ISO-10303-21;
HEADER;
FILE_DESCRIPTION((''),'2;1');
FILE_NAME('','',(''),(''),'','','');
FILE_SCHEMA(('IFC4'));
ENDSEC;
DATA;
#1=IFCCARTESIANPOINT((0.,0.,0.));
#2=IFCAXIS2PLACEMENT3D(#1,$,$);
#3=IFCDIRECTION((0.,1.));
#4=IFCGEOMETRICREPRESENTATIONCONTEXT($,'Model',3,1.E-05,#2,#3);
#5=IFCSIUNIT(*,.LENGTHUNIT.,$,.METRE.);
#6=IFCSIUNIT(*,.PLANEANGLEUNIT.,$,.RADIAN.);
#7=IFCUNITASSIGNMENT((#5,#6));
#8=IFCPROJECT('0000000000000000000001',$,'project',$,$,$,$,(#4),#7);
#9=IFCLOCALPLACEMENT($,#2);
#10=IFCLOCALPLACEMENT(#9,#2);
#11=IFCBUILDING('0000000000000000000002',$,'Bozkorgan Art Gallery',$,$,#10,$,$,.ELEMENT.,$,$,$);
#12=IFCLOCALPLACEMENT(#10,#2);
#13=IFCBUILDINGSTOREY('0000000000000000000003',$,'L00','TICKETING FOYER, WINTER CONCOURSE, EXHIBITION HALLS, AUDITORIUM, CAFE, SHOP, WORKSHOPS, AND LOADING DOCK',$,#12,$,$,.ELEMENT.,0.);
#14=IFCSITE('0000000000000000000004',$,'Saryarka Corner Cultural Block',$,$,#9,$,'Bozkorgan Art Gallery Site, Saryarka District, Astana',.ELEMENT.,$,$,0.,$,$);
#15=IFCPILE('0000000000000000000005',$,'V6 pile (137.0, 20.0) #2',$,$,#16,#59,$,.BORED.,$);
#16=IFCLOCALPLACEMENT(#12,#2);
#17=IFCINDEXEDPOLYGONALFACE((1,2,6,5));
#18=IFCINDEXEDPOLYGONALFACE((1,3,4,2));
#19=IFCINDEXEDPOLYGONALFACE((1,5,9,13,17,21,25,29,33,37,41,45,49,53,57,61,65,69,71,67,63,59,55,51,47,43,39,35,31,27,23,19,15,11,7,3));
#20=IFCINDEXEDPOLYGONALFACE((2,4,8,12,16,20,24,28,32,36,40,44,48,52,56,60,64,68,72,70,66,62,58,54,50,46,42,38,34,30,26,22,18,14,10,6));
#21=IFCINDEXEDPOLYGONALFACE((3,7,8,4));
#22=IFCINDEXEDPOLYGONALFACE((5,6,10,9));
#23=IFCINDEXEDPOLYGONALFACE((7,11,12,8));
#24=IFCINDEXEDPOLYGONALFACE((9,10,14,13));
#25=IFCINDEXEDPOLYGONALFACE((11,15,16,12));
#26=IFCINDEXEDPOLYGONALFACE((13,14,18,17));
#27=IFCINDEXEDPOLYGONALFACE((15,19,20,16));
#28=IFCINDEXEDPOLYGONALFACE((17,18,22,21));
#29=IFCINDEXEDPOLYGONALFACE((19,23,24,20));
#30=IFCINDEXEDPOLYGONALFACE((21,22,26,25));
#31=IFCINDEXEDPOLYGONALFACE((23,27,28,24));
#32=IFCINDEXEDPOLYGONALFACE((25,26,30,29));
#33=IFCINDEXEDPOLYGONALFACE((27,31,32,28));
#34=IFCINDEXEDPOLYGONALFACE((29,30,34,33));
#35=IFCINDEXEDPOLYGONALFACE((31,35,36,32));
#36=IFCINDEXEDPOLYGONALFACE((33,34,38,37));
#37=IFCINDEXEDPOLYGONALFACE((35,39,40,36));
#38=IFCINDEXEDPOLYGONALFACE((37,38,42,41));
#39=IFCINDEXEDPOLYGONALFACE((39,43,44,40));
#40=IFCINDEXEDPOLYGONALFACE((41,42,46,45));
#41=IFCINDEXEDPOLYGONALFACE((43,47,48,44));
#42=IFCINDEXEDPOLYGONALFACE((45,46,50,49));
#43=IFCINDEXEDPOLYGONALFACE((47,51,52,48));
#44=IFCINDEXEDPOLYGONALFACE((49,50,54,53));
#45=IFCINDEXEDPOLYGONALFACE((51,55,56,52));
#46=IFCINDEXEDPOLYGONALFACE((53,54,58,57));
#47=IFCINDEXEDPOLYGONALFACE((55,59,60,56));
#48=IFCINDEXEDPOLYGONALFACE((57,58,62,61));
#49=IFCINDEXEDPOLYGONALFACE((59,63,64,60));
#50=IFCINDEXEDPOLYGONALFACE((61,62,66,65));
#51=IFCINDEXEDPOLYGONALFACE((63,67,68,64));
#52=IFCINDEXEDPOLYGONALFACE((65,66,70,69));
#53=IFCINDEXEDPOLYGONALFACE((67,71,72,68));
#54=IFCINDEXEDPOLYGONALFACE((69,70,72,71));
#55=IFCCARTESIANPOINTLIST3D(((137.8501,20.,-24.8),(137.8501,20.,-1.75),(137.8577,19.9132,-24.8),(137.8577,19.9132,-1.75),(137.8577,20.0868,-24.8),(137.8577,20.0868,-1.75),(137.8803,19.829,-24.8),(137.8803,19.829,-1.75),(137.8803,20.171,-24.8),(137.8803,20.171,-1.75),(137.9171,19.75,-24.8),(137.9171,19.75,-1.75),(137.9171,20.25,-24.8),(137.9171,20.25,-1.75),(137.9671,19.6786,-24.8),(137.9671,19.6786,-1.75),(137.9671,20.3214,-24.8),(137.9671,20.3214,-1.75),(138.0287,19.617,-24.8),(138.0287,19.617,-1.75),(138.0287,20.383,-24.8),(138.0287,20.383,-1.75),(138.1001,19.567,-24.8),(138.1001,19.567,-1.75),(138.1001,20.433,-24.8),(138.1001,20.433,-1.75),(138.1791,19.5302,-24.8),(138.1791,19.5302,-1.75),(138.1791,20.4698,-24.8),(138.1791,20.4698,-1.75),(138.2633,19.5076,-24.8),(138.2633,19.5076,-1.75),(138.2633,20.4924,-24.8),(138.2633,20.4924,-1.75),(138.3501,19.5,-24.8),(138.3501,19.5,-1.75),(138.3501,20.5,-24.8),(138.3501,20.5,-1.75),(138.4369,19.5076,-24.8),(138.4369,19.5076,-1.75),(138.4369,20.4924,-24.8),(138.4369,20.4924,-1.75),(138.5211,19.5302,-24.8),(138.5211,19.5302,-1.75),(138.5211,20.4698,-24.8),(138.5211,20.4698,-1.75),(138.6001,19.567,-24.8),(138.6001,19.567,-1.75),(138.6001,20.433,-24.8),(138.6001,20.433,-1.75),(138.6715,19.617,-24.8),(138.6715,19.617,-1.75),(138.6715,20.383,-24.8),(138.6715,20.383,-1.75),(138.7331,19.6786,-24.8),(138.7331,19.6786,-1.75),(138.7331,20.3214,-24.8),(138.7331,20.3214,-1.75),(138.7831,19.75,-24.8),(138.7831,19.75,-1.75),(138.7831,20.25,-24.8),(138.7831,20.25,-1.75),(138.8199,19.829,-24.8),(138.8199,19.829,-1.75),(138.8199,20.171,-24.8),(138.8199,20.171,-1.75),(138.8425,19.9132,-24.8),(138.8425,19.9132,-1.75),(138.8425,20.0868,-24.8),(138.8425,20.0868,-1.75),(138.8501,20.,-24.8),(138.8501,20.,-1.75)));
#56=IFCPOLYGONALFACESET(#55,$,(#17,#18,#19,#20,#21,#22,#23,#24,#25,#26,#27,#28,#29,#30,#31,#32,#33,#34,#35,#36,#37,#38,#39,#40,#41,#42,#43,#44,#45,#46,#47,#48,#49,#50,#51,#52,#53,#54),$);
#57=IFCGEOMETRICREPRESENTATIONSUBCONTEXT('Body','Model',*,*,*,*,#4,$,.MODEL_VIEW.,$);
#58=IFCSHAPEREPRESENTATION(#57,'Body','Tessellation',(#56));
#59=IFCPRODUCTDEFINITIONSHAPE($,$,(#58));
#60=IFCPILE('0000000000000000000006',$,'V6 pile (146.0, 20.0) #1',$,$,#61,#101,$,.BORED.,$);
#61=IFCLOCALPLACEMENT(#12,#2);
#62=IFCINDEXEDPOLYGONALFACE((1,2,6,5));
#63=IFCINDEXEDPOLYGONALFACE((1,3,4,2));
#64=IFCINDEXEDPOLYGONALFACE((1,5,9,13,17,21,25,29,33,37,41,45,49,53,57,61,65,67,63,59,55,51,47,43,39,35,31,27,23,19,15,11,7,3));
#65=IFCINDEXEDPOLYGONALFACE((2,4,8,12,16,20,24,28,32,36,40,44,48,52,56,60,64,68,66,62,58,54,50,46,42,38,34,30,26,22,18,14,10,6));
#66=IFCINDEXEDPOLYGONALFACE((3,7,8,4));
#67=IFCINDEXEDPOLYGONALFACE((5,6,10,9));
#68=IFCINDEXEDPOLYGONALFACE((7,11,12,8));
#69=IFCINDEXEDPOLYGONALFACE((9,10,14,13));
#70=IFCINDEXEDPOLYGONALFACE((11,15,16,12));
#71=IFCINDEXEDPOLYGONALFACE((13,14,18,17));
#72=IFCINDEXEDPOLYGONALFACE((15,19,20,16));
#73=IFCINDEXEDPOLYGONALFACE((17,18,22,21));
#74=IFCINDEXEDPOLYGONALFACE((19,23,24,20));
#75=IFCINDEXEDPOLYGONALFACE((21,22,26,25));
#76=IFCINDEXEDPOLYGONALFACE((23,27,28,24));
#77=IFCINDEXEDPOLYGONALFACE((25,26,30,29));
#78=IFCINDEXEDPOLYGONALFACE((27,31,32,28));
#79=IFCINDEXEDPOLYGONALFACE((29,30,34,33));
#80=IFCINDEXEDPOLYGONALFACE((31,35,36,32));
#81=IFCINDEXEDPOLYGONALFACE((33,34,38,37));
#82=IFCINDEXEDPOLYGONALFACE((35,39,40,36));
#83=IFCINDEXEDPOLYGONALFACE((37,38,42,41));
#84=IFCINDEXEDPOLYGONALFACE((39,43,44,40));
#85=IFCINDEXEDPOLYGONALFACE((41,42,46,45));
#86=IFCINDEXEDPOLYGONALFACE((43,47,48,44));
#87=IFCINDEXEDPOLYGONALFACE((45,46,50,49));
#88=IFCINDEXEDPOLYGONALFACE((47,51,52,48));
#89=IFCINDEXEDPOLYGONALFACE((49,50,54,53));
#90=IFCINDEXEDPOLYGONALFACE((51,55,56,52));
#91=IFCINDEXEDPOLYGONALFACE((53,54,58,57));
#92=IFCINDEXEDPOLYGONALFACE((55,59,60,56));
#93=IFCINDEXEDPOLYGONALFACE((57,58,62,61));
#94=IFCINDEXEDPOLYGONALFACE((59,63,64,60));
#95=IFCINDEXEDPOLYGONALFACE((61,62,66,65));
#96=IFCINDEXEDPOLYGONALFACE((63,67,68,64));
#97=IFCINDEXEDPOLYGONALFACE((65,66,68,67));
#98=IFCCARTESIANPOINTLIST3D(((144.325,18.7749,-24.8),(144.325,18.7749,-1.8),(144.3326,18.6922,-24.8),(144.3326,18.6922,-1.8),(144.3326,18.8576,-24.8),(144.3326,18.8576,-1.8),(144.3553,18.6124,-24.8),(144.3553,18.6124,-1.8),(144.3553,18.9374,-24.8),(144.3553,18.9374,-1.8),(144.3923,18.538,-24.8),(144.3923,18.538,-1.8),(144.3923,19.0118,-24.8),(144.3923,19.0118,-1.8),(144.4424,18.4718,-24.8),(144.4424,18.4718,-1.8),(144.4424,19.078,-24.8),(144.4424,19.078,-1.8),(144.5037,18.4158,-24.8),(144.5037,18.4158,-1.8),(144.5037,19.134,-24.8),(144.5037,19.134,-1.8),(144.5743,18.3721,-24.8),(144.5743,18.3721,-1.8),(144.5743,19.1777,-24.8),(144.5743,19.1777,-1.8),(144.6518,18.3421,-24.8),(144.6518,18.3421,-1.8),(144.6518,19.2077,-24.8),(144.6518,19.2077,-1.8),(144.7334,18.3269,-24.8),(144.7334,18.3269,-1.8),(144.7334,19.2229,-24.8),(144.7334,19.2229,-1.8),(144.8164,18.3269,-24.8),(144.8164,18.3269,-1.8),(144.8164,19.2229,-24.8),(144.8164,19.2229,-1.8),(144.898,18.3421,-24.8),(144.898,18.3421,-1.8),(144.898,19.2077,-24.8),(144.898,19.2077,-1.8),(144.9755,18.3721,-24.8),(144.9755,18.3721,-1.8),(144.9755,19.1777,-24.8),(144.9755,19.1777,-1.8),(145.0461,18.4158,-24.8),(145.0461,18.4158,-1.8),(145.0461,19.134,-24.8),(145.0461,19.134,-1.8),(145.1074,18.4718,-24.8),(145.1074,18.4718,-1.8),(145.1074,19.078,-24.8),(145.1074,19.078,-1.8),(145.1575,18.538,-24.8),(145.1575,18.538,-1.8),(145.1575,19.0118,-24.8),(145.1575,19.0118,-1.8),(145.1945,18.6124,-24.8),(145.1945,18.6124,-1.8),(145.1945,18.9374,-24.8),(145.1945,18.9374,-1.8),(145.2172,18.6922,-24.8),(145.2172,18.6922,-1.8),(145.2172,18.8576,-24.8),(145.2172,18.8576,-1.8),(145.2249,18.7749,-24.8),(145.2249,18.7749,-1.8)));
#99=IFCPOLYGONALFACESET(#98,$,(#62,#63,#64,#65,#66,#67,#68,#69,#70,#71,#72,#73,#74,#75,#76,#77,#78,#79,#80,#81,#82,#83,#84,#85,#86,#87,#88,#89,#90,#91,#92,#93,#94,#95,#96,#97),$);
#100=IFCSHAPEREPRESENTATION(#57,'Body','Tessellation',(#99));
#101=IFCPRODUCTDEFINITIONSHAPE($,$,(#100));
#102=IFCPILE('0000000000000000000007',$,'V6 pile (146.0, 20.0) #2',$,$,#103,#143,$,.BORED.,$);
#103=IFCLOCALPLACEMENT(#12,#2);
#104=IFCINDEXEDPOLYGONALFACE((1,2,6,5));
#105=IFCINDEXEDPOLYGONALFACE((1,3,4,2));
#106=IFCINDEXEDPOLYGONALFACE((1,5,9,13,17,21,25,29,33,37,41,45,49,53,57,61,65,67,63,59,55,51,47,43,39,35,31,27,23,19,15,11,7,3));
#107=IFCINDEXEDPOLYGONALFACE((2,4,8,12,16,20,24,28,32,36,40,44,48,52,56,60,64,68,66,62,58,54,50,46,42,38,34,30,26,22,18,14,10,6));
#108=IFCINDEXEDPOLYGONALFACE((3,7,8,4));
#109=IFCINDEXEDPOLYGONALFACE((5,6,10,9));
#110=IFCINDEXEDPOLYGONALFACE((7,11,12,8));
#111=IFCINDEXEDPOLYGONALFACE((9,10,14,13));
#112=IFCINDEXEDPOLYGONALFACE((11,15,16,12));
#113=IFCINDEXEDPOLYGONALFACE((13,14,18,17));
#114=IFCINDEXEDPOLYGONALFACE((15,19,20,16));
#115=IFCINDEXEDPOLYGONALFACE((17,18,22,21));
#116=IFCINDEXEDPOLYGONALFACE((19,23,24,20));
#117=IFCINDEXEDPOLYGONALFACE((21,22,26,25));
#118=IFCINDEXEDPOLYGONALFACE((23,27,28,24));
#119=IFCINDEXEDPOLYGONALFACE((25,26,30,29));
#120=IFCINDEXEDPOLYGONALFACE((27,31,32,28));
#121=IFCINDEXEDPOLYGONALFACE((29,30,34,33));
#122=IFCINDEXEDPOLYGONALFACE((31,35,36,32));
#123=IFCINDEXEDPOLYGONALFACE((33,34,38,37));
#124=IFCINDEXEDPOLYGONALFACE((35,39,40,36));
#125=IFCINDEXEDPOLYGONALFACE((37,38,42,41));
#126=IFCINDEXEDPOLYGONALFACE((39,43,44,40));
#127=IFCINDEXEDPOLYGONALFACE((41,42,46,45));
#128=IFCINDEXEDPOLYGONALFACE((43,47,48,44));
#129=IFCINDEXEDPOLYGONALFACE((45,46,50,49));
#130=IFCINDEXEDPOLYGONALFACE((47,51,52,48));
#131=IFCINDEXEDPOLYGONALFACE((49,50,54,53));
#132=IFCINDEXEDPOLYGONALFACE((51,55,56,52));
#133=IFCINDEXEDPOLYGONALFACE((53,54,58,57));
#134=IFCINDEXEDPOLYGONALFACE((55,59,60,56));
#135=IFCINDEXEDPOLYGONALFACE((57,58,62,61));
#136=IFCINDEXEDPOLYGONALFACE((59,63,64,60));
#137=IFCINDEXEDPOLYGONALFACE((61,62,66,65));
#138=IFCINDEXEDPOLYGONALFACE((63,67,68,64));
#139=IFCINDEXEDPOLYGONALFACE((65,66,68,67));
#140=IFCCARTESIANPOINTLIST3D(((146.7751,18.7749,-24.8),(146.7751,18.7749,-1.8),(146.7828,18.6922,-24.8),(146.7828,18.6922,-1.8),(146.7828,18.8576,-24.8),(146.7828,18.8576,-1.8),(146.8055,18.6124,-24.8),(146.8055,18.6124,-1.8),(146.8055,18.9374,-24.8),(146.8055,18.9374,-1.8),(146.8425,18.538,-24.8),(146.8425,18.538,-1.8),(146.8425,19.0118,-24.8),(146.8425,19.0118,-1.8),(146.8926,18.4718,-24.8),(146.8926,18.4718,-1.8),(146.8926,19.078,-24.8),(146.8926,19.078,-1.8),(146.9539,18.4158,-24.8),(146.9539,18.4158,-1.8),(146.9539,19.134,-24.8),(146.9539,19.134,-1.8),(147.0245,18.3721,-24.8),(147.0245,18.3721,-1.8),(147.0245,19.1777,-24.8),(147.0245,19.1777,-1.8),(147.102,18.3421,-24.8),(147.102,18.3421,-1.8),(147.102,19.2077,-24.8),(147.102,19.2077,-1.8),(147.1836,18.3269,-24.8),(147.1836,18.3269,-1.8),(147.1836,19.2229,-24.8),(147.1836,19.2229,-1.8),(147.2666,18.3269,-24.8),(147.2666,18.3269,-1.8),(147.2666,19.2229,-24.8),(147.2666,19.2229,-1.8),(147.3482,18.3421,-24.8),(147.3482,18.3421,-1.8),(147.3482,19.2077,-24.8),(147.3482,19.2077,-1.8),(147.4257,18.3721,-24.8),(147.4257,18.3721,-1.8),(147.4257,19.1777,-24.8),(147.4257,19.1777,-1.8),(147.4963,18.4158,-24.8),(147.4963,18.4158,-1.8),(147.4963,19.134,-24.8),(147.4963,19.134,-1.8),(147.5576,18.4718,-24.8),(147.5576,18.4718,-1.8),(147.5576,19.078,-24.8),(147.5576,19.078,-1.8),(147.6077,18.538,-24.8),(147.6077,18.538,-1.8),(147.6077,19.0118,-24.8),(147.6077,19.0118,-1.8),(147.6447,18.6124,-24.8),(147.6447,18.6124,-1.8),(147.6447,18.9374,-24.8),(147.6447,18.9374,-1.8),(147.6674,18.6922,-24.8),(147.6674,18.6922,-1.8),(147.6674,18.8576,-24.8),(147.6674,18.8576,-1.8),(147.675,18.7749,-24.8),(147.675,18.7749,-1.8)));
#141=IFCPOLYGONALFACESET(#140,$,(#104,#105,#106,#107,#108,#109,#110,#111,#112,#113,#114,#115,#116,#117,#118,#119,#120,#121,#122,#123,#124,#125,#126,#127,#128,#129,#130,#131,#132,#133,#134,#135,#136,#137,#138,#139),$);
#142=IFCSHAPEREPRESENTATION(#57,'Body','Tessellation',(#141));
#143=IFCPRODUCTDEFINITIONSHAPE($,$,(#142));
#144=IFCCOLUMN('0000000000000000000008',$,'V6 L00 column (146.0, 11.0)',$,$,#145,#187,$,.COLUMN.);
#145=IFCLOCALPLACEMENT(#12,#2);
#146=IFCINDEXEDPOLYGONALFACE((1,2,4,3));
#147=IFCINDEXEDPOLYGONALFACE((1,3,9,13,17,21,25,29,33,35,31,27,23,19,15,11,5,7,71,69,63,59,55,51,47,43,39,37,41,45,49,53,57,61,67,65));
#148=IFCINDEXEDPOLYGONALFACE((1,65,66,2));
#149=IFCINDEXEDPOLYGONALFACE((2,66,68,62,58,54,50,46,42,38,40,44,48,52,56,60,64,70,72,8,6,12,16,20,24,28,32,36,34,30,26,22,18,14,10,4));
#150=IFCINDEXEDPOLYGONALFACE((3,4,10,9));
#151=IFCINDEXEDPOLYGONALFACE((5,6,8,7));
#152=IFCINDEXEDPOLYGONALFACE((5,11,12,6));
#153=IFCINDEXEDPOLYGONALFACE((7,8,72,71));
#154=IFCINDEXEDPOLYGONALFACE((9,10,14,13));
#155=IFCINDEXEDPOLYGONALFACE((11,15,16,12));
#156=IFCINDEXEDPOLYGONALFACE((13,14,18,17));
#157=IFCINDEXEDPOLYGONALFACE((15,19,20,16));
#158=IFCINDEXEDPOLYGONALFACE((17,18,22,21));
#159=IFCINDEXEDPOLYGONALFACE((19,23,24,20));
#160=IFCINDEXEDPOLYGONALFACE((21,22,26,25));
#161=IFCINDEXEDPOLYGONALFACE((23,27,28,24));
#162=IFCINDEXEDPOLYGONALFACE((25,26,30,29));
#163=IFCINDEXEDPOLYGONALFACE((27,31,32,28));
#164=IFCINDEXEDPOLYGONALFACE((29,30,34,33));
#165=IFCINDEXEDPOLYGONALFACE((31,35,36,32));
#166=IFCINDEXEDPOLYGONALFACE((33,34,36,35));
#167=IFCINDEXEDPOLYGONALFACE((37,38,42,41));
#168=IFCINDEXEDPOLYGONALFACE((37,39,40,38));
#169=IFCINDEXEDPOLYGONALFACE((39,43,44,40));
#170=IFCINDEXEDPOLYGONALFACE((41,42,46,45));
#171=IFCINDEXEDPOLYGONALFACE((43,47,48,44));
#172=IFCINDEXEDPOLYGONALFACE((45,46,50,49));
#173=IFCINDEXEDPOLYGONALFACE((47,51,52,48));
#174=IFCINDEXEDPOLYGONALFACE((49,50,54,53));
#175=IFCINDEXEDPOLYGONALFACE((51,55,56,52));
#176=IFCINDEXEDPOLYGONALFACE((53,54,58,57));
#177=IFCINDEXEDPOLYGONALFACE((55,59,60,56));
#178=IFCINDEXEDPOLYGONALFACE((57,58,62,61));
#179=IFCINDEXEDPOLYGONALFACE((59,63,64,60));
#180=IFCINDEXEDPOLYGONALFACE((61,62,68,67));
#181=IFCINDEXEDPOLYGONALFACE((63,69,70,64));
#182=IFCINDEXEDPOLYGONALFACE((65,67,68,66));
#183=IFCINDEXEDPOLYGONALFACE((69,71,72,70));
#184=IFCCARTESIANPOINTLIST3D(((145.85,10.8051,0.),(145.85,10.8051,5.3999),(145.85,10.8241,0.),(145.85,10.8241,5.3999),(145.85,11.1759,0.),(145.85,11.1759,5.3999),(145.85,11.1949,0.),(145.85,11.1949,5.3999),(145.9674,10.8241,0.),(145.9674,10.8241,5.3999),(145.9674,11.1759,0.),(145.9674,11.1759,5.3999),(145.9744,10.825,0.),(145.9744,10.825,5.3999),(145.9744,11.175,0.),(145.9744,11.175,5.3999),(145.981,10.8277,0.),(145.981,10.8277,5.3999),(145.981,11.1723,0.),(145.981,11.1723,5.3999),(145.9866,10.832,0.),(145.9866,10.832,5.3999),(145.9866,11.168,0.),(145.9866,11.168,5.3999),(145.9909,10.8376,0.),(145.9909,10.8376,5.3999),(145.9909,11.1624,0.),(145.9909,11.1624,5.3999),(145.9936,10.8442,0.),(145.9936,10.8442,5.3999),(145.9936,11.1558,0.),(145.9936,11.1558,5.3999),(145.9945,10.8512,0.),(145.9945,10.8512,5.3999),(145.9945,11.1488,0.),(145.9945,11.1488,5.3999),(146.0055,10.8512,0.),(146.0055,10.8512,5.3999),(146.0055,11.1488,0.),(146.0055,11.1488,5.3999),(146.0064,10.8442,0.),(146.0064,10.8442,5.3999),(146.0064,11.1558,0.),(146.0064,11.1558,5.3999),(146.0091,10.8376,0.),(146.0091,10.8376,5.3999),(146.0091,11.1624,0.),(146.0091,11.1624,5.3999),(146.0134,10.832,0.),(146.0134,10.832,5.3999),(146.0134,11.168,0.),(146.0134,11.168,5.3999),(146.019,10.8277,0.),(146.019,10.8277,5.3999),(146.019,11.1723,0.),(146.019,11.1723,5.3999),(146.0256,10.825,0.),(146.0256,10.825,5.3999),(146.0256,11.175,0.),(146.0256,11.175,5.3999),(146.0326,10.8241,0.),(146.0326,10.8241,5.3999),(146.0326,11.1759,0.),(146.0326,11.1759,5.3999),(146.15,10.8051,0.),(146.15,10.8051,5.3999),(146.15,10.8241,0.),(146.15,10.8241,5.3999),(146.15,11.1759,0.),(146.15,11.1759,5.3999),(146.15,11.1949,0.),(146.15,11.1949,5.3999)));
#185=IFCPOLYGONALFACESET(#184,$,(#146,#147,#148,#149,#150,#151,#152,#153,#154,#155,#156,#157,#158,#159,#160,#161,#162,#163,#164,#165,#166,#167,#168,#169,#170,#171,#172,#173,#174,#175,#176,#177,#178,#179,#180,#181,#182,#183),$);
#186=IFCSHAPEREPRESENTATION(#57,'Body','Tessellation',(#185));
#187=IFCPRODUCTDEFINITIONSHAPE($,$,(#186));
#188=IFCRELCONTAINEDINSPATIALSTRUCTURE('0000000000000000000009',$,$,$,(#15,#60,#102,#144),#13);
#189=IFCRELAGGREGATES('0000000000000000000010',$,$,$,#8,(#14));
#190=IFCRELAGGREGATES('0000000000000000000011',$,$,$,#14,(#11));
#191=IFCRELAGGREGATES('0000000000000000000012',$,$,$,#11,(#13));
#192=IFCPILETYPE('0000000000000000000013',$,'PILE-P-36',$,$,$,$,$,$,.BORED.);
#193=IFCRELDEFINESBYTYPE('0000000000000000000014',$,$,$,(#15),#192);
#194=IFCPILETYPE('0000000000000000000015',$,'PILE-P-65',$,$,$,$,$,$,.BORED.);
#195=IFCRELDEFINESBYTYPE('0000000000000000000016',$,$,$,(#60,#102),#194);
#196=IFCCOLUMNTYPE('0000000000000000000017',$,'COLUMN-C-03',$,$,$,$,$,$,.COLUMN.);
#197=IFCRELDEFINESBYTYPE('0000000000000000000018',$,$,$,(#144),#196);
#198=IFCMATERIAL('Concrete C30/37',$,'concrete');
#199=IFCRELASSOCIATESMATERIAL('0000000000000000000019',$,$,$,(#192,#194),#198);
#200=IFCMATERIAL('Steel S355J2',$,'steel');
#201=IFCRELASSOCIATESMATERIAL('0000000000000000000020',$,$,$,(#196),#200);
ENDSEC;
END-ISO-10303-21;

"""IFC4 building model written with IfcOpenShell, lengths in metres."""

from ifc_helpers import new_model, si_unit, direction, frame, origin, origin_2d, place, context, subcontext, project, spatial, circle, i_section, extrude, material, material_profile, profile_set, type_object, element, save


model = new_model("IFC4")

# Units and contexts
model_context = context("Model", 3, precision=1e-05, world=origin(), true_north=direction((0.0, 1.0)))
body_context = subcontext(model_context, "Body", "Model", "MODEL_VIEW")
ifc_project = project(units=[si_unit("LENGTHUNIT", "METRE"), si_unit("PLANEANGLEUNIT", "RADIAN")], contexts=[model_context])

# Site, building, storey
site_placement = place(None, origin())
site = spatial("IfcSite", under=ifc_project, at=site_placement, Name="Saryarka Corner Cultural Block", LongName="Bozkorgan Art Gallery Site, Saryarka District, Astana", CompositionType="ELEMENT", RefElevation=0.0)
building_placement = place(site_placement, origin())
building = spatial("IfcBuilding", under=site, at=building_placement, Name="Bozkorgan Art Gallery", CompositionType="ELEMENT")
storey_placement = place(building_placement, origin())
storey = spatial("IfcBuildingStorey", under=building, at=storey_placement, Name="L00", Description="TICKETING FOYER, WINTER CONCOURSE, EXHIBITION HALLS, AUDITORIUM, CAFE, SHOP, WORKSHOPS, AND LOADING DOCK", CompositionType="ELEMENT", Elevation=0.0)

# Shared definitions
ifc_material_1 = material(Name="Concrete C30/37", Category="concrete")

# Piles
ifc_material_profile_1 = material_profile(ifc_material_1, circle(Radius=0.5, at=origin_2d()), Name="PILE D1000")
ifc_profile_set_1 = profile_set([ifc_material_profile_1], Name="Concrete C30/37")
pile_type_1 = type_object("IfcPileType", Name="PILE-P-36", PredefinedType="BORED", material=ifc_profile_set_1)
pile_1_placement = place(storey_placement, frame((138.3501, 20.0, -1.75), z_axis=(0.0, 0.0, -1.0), x_axis=(1.0, 0.0, 0.0)))
element("IfcPile", 1, at=pile_1_placement, inside=storey, type_object=pile_type_1, Name="V6 pile (137.0, 20.0) #2", PredefinedType="BORED", context=body_context, shape_type="SweptSolid", body=[
    extrude(circle(Radius=0.5, at=origin_2d()), origin(), (0.0, 0.0, 1.0), 23.05),
])
ifc_material_profile_2 = material_profile(ifc_material_1, circle(Radius=0.45, at=origin_2d()), Name="PILE D900")
ifc_profile_set_2 = profile_set([ifc_material_profile_2], Name="Concrete C30/37")
pile_type_2 = type_object("IfcPileType", Name="PILE-P-65", PredefinedType="BORED", material=ifc_profile_set_2)
for number, where, z_axis, x_axis, name in (
    (2, (144.7749, 18.7749, -1.8), (0.0, 0.0, -1.0), (1.0, 0.0, 0.0), "V6 pile (146.0, 20.0) #1"),
    (3, (147.2251, 18.7749, -1.8), (0.0, 0.0, -1.0), (1.0, 0.0, 0.0), "V6 pile (146.0, 20.0) #2"),
):
    element("IfcPile", number, at=place(storey_placement, frame(where, z_axis=z_axis, x_axis=x_axis)), inside=storey, type_object=pile_type_2, Name=name, PredefinedType="BORED", context=body_context, shape_type="SweptSolid", body=[
        extrude(circle(Radius=0.45, at=origin_2d()), origin(), (0.0, 0.0, 1.0), 23.0),
    ])

# Column
ifc_material_2 = material(Name="Steel S355J2", Category="steel")
ifc_material_profile_3 = material_profile(ifc_material_2, i_section(OverallWidth=0.3, OverallDepth=0.3899, WebThickness=0.011, FlangeThickness=0.019, FilletRadius=0.0271, at=origin_2d()), Name="HEA 400")
ifc_profile_set_3 = profile_set([ifc_material_profile_3], Name="Steel S355J2")
column_type = type_object("IfcColumnType", Name="COLUMN-C-03", PredefinedType="COLUMN", material=ifc_profile_set_3)
for number, where, z_axis, x_axis, name in (
    (4, (146.0, 11.0, 0.0), (0.0, 0.0, 1.0), (1.0, 0.0, 0.0), "V6 L00 column (146.0, 11.0)"),
):
    element("IfcColumn", number, at=place(storey_placement, frame(where, z_axis=z_axis, x_axis=x_axis)), inside=storey, type_object=column_type, Name=name, PredefinedType="COLUMN", context=body_context, shape_type="SweptSolid", body=[
        extrude(i_section(OverallWidth=0.3, OverallDepth=0.3899, WebThickness=0.011, FlangeThickness=0.019, FilletRadius=0.0271, at=origin_2d()), origin(), (0.0, 0.0, 1.0), 5.3999),
    ])

save(model, "model.ifc")
